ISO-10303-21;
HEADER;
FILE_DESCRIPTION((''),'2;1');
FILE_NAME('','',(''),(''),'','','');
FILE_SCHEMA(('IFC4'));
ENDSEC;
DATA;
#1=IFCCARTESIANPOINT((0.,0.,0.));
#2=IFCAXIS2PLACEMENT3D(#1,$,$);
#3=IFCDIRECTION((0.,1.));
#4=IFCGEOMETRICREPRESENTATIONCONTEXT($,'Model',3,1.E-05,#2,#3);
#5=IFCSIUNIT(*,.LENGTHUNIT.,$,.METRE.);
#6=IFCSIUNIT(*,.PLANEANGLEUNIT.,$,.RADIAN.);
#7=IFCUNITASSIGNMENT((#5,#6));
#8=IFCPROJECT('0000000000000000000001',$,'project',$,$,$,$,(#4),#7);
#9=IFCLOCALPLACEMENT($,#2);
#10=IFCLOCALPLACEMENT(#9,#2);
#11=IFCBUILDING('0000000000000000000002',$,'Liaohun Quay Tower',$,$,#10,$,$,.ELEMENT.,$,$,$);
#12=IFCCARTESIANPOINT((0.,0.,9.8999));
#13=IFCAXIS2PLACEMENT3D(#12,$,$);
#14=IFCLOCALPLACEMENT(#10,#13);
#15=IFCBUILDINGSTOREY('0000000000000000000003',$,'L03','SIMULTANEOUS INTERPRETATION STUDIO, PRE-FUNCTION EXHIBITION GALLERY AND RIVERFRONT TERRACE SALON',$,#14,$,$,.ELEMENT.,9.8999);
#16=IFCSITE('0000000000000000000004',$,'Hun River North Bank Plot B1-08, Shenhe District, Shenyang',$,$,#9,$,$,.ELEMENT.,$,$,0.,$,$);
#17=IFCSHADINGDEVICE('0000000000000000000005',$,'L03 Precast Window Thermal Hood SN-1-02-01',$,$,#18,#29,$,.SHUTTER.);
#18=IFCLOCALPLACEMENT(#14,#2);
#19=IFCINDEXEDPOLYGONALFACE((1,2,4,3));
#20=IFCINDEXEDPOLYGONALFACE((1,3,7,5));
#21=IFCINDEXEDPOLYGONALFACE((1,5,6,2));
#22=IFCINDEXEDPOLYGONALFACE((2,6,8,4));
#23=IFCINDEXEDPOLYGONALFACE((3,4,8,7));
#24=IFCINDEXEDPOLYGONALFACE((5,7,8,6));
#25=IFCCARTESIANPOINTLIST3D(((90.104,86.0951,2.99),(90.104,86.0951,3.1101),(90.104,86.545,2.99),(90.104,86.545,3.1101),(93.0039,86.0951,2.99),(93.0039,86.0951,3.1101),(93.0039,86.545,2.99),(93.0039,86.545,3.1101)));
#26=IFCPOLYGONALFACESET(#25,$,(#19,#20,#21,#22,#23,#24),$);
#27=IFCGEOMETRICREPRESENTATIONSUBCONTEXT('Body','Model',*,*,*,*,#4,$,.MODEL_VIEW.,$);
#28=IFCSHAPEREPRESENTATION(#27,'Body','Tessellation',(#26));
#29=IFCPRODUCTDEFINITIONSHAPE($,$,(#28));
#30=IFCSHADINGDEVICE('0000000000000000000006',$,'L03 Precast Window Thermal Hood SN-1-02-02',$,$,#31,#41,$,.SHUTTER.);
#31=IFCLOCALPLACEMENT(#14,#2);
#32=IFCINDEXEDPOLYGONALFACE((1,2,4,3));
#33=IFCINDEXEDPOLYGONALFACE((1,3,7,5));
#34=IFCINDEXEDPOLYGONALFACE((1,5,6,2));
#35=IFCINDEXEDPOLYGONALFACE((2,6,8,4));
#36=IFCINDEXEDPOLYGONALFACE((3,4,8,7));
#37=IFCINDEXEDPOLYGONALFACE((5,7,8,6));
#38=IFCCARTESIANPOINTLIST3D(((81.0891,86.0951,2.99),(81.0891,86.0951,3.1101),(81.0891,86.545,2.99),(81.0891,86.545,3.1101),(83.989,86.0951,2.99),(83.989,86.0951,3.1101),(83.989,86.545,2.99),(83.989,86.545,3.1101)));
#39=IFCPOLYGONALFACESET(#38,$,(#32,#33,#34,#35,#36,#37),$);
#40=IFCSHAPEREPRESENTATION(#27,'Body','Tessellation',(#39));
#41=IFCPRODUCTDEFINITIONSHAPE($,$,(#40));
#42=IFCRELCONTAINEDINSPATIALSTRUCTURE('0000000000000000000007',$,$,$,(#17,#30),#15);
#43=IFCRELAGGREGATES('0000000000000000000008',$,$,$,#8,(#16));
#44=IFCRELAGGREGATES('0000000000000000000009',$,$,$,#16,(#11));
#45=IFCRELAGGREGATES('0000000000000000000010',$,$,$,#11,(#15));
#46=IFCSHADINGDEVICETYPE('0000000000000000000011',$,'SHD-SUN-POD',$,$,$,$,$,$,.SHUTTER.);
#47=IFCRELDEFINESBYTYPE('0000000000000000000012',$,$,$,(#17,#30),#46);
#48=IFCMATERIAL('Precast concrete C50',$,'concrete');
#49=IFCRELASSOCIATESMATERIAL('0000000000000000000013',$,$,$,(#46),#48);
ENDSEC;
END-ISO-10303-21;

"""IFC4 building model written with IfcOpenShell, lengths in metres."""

from ifc_helpers import new_model, si_unit, direction, frame, origin, origin_2d, place, context, subcontext, project, spatial, rectangle, extrude, source, transform, mapped, material, material_profile, profile_set, type_object, element, save


model = new_model("IFC4")

# Units and contexts
model_context = context("Model", 3, precision=1e-05, world=origin(), true_north=direction((0.0, 1.0)))
body_context = subcontext(model_context, "Body", "Model", "MODEL_VIEW")
ifc_project = project(units=[si_unit("LENGTHUNIT", "METRE"), si_unit("PLANEANGLEUNIT", "RADIAN")], contexts=[model_context])

# Site, building, storey
site_placement = place(None, origin())
site = spatial("IfcSite", under=ifc_project, at=site_placement, Name="Hun River North Bank Plot B1-08, Shenhe District, Shenyang", CompositionType="ELEMENT", RefElevation=0.0)
building_placement = place(site_placement, origin())
building = spatial("IfcBuilding", under=site, at=building_placement, Name="Liaohun Quay Tower", CompositionType="ELEMENT")
storey_placement = place(building_placement, frame((0.0, 0.0, 9.8999)))
storey = spatial("IfcBuildingStorey", under=building, at=storey_placement, Name="L03", Description="SIMULTANEOUS INTERPRETATION STUDIO, PRE-FUNCTION EXHIBITION GALLERY AND RIVERFRONT TERRACE SALON", CompositionType="ELEMENT", Elevation=9.8999)

# Shading devices
ifc_material_1 = material(Name="Precast concrete C50", Category="concrete")
ifc_material_profile_1 = material_profile(ifc_material_1, rectangle(XDim=0.45, YDim=0.1201, at=origin_2d()), Name="PRC-SUN-450x120")
ifc_profile_set_1 = profile_set([ifc_material_profile_1], Name="Precast concrete C50")
shading_device_type = type_object("IfcShadingDeviceType", Name="SHD-SUN-POD", PredefinedType="SHUTTER", material=ifc_profile_set_1)
shared_shape_1 = source(origin(), body_context, "Body", "SweptSolid", [
    extrude(rectangle(XDim=0.45, YDim=0.1201, at=origin_2d()), origin(), (0.0, 0.0, 1.0), 2.8999),
])
for number, where, z_axis, x_axis, name in (
    (1, (93.0039, 86.3201, 3.05), (-1.0, 0.0, 0.0), (0.0, -1.0, 0.0), "L03 Precast Window Thermal Hood SN-1-02-01"),
    (2, (83.989, 86.3201, 3.05), (-1.0, 0.0, 0.0), (0.0, -1.0, 0.0), "L03 Precast Window Thermal Hood SN-1-02-02"),
):
    element("IfcShadingDevice", number, at=place(storey_placement, frame(where, z_axis=z_axis, x_axis=x_axis)), inside=storey, type_object=shading_device_type, Name=name, PredefinedType="SHUTTER", context=body_context, shape_type="MappedRepresentation", body=[
        mapped(shared_shape_1, transform((0.0, 0.0, 0.0), x_axis=(1.0, 0.0, 0.0), y_axis=(0.0, 1.0, 0.0), z_axis=(0.0, 0.0, 1.0), scale=1.0)),
    ])

save(model, "model.ifc")
